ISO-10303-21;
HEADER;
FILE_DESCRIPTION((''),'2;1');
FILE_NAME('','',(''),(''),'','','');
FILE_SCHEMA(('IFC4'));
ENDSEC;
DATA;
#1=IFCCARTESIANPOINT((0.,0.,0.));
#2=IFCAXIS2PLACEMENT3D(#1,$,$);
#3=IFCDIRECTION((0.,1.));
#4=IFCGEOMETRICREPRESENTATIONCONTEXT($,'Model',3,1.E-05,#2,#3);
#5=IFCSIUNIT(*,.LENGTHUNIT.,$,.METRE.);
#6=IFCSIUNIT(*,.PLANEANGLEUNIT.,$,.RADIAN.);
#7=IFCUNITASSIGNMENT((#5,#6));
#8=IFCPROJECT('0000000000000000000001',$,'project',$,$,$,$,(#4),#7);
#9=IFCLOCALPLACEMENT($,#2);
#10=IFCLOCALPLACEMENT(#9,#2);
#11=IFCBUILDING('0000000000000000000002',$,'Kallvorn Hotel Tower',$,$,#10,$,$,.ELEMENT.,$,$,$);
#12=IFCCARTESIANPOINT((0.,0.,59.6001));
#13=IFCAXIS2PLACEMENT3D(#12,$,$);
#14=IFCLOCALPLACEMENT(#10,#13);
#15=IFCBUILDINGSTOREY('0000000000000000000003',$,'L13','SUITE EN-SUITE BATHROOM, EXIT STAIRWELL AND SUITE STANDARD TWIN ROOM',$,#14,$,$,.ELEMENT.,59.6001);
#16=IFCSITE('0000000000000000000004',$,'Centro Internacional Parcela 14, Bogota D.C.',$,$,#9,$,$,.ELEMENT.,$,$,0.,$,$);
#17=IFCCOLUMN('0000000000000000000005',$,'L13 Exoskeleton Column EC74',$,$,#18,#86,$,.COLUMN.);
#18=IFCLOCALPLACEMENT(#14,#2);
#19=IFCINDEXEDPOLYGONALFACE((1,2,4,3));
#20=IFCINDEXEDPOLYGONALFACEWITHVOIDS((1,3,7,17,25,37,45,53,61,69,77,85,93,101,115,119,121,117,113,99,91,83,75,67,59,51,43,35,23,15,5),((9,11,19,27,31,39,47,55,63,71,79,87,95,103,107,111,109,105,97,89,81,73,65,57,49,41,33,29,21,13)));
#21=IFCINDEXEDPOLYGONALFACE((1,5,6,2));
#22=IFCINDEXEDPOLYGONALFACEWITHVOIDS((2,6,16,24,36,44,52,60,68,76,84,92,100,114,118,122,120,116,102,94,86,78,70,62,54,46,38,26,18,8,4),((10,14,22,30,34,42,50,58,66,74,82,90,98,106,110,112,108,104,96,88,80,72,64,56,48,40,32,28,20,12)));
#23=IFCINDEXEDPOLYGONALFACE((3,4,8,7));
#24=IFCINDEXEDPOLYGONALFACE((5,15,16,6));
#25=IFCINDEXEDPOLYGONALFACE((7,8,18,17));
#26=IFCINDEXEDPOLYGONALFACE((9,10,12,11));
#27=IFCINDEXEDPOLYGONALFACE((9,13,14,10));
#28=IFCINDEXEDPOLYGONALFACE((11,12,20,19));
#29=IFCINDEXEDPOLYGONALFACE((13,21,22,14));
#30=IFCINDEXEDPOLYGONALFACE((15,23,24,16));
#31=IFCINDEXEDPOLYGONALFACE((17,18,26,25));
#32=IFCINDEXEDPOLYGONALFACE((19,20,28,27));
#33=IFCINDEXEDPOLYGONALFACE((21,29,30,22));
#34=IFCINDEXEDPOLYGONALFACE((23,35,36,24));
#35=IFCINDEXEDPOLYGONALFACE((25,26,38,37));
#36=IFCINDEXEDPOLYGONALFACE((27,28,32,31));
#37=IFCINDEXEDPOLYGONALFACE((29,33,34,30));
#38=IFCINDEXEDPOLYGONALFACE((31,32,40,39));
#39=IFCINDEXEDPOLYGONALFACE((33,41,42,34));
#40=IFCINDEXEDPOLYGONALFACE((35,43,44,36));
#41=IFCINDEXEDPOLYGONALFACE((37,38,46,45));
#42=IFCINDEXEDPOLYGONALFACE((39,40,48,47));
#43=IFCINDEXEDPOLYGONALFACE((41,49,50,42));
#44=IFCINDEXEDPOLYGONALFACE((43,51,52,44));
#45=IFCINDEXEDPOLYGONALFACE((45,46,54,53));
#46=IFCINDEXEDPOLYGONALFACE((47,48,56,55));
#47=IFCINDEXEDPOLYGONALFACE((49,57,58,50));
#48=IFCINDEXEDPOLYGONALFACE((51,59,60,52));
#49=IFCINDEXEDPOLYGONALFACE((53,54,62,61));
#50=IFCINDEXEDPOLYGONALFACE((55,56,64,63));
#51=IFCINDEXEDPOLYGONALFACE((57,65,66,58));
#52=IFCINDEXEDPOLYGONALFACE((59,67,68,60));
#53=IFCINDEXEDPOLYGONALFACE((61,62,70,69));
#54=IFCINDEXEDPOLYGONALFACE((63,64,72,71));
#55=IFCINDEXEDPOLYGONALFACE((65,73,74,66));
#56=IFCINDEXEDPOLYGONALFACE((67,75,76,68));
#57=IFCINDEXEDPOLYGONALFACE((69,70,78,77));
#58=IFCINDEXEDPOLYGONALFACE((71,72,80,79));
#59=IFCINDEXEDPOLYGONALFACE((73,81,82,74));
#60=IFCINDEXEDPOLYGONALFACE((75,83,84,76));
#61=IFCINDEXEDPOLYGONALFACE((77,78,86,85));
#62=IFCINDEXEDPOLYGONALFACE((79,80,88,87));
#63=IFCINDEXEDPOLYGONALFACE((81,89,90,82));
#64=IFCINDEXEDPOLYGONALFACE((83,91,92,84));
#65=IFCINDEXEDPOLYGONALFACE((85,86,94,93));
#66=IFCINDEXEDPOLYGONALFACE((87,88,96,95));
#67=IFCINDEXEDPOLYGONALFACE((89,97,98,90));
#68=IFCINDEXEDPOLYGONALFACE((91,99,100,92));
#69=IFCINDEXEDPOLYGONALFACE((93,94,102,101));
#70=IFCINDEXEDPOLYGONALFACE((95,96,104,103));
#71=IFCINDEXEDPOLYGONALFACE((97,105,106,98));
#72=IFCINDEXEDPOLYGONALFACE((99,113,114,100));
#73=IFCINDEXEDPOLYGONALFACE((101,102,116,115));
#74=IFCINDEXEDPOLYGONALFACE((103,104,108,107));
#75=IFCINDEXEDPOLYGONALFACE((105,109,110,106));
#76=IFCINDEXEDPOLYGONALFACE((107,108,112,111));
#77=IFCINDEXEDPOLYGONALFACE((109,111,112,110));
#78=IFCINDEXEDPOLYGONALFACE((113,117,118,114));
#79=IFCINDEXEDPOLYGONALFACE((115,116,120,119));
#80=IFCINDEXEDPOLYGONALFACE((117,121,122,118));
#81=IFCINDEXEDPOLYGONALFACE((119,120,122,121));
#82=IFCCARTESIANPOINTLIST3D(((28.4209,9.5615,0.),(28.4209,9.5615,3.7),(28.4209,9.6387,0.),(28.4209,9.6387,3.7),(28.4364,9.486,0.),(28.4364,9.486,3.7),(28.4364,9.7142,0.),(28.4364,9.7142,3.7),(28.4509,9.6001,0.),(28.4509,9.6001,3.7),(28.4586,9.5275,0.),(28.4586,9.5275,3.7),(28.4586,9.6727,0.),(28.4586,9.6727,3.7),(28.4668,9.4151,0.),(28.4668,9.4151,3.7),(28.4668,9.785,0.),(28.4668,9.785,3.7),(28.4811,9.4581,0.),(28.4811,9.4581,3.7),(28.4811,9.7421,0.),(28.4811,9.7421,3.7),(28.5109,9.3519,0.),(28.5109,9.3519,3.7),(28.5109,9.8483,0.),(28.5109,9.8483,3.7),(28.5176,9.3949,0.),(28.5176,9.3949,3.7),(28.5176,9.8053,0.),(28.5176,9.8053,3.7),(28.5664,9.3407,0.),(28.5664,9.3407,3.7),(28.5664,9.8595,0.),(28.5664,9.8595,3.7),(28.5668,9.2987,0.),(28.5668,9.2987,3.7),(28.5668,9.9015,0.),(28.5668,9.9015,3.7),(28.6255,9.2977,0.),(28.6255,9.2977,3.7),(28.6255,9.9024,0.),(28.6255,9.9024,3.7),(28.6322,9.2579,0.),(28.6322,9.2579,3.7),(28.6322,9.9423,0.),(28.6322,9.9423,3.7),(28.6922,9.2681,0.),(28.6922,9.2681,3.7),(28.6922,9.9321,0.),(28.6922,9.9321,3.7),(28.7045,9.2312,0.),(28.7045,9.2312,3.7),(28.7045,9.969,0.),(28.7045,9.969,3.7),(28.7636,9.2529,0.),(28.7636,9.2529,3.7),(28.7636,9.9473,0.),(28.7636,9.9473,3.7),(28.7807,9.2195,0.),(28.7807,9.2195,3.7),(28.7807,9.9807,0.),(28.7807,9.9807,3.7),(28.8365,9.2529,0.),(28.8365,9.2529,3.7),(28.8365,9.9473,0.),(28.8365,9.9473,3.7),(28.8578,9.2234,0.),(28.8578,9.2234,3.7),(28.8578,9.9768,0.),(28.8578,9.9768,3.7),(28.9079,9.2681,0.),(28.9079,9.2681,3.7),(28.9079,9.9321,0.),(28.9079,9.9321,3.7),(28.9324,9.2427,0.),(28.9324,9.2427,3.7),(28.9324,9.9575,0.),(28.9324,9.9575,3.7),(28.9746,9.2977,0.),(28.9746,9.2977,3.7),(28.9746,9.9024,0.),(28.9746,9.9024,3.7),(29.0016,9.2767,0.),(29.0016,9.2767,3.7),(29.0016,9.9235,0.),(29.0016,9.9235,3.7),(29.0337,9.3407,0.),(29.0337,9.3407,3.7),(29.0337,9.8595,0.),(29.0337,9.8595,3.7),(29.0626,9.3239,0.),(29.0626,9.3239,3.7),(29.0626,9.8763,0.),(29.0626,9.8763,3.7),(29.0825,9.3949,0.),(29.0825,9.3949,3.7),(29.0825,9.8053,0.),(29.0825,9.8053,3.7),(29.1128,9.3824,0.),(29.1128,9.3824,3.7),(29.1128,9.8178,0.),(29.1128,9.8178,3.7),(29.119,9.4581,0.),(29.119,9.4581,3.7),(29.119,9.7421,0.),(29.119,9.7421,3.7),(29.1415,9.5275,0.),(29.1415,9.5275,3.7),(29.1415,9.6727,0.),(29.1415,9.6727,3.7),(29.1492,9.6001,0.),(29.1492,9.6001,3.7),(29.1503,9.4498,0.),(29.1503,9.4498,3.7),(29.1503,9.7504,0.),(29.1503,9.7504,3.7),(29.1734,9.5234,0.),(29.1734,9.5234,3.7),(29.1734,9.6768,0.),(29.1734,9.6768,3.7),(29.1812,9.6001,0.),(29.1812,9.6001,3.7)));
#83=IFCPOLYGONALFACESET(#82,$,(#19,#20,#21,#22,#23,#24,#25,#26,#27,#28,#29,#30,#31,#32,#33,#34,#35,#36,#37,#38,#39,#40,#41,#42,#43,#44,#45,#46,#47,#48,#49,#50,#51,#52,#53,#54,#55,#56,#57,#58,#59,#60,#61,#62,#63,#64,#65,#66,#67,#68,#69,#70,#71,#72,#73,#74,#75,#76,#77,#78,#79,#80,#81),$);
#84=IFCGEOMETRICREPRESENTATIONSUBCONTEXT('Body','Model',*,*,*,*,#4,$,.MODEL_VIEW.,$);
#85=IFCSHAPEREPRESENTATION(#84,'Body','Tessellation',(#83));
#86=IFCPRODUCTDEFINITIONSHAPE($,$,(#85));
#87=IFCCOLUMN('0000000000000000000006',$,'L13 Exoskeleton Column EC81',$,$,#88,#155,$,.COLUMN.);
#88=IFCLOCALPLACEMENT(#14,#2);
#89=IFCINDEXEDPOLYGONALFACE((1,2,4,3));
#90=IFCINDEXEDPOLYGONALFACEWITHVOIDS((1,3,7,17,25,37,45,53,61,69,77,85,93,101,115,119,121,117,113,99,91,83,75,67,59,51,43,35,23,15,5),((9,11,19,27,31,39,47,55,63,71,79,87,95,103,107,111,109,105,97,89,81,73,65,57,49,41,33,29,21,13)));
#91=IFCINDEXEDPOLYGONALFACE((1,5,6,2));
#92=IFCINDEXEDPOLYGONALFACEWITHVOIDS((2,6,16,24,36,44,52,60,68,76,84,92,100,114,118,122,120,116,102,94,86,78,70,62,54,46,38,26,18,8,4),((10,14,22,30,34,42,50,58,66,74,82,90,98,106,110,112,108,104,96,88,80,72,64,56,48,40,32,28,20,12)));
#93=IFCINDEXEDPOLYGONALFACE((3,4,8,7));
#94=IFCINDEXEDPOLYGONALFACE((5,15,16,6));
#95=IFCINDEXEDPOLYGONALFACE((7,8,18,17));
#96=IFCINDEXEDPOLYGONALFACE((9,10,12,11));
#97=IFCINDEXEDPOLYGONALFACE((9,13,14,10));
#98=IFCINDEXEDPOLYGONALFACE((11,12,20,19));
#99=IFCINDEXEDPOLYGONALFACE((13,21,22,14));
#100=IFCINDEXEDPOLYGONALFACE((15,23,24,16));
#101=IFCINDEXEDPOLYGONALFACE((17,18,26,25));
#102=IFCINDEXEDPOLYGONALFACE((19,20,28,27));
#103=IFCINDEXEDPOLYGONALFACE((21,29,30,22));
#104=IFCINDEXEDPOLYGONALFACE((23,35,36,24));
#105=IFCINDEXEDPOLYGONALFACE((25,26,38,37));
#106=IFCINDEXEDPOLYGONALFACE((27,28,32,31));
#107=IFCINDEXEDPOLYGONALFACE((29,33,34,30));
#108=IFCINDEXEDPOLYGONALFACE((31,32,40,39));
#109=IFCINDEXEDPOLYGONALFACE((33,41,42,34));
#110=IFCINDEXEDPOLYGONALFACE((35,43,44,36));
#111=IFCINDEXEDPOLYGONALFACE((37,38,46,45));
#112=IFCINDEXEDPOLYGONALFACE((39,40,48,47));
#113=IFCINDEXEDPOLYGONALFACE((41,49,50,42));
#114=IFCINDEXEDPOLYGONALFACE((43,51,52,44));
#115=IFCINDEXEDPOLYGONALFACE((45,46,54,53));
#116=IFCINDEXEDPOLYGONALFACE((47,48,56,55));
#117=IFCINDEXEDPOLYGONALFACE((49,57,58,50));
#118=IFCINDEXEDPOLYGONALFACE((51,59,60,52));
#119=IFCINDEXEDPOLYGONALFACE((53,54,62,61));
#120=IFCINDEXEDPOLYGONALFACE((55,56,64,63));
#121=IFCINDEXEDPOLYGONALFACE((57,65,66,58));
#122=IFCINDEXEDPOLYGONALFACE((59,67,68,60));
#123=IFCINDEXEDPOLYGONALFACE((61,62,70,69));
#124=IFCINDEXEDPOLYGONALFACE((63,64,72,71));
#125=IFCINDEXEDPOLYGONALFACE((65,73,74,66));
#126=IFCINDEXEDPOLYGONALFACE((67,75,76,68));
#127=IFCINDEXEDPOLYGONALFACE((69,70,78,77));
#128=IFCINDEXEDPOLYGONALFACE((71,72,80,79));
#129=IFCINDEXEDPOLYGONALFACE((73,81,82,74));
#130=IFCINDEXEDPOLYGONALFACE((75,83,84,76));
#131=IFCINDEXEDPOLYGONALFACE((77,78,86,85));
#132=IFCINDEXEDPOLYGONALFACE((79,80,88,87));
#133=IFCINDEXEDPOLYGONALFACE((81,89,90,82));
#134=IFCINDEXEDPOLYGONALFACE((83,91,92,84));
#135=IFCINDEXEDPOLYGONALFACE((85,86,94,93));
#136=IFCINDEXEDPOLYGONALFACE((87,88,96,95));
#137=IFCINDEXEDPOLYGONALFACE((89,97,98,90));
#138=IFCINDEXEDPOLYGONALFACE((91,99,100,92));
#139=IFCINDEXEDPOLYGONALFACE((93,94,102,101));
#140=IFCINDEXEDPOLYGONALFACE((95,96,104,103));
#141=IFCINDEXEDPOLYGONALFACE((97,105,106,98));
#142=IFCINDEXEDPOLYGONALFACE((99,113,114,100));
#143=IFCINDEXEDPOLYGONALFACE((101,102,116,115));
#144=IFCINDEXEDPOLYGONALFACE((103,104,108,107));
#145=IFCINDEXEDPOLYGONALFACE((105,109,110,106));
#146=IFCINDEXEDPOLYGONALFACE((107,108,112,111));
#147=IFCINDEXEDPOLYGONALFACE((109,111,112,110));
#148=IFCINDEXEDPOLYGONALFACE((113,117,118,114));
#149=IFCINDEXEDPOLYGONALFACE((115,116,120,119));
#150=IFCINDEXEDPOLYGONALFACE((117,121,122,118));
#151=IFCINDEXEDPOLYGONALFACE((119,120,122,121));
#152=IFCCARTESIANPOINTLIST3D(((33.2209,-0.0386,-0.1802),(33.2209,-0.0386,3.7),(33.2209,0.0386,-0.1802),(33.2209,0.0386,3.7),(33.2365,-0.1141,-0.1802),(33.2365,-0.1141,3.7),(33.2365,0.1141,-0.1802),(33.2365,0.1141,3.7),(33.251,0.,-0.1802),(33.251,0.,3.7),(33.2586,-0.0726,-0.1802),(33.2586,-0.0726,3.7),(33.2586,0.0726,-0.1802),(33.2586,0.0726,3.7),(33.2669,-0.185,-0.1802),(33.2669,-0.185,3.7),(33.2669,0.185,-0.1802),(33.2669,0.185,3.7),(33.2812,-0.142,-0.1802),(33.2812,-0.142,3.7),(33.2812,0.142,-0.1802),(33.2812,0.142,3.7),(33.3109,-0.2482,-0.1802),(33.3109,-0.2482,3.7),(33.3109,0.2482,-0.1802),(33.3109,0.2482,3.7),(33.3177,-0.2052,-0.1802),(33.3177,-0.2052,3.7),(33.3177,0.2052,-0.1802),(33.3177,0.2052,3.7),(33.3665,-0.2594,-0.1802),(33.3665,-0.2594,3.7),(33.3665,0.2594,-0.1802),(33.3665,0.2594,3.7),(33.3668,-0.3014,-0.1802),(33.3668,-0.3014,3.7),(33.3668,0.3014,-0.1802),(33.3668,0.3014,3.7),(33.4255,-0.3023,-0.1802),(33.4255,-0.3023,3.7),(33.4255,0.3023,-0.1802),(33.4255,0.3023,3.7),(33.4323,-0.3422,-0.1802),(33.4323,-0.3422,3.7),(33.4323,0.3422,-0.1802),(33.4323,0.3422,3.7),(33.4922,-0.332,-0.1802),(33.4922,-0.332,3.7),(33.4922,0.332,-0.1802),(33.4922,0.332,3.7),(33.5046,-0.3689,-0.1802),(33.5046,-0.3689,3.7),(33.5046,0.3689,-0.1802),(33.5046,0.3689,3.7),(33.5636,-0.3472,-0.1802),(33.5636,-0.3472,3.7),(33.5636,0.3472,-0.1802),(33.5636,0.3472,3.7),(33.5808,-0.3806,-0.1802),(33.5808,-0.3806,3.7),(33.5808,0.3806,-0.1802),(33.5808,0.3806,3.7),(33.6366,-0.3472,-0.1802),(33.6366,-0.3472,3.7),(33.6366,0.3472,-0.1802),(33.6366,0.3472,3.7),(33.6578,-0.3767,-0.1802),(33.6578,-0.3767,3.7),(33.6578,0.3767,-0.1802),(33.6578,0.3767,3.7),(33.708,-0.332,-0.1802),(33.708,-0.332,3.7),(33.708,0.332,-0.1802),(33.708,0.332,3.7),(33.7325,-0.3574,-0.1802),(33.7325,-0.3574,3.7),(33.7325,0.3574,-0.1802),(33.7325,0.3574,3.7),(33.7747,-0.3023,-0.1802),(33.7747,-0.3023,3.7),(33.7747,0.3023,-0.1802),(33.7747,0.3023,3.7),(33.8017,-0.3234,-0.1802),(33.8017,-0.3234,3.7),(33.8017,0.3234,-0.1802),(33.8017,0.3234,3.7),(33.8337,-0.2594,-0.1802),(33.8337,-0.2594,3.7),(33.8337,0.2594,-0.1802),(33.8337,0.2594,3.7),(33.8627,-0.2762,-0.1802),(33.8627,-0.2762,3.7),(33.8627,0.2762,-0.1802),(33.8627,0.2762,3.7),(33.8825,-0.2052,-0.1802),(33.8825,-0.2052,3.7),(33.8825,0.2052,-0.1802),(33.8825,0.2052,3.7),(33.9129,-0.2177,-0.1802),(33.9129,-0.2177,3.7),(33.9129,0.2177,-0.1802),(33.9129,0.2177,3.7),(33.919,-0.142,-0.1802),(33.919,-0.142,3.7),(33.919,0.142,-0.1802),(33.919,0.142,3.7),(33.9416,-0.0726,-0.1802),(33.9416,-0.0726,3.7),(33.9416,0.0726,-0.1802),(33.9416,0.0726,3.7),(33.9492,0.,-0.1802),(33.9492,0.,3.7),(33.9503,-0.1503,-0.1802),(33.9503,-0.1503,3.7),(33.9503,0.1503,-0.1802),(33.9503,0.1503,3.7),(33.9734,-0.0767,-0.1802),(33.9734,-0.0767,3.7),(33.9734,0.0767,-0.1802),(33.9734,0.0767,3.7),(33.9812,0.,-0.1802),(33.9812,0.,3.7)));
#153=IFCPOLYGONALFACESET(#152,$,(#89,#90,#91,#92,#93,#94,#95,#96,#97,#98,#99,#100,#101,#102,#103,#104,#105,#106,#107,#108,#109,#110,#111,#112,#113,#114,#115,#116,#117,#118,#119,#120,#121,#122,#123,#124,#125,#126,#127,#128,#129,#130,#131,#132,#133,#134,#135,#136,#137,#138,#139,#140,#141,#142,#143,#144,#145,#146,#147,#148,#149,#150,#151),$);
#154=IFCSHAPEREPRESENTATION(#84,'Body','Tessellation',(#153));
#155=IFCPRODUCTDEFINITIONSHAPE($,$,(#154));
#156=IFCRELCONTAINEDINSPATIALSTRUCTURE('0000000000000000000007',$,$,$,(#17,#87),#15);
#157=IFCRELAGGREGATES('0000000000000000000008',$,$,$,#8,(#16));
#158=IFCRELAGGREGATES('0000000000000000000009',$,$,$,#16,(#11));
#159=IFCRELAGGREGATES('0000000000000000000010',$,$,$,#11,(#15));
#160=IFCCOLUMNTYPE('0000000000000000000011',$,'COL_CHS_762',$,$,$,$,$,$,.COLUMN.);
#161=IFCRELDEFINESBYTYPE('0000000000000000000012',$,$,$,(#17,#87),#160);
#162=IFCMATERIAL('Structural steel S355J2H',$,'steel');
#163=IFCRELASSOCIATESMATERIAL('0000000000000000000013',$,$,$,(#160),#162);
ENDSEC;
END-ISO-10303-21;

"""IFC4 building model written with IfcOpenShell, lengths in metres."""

from ifc_helpers import new_model, si_unit, direction, frame, origin, origin_2d, place, context, subcontext, project, spatial, hollow_circle, extrude, material, material_profile, profile_set, type_object, element, save


model = new_model("IFC4")

# Units and contexts
model_context = context("Model", 3, precision=1e-05, world=origin(), true_north=direction((0.0, 1.0)))
body_context = subcontext(model_context, "Body", "Model", "MODEL_VIEW")
ifc_project = project(units=[si_unit("LENGTHUNIT", "METRE"), si_unit("PLANEANGLEUNIT", "RADIAN")], contexts=[model_context])

# Site, building, storey
site_placement = place(None, origin())
site = spatial("IfcSite", under=ifc_project, at=site_placement, Name="Centro Internacional Parcela 14, Bogota D.C.", CompositionType="ELEMENT", RefElevation=0.0)
building_placement = place(site_placement, origin())
building = spatial("IfcBuilding", under=site, at=building_placement, Name="Kallvorn Hotel Tower", CompositionType="ELEMENT")
storey_placement = place(building_placement, frame((0.0, 0.0, 59.6001)))
storey = spatial("IfcBuildingStorey", under=building, at=storey_placement, Name="L13", Description="SUITE EN-SUITE BATHROOM, EXIT STAIRWELL AND SUITE STANDARD TWIN ROOM", CompositionType="ELEMENT", Elevation=59.6001)

# Columns
ifc_material_1 = material(Name="Structural steel S355J2H", Category="steel")
ifc_material_profile_1 = material_profile(ifc_material_1, hollow_circle(Radius=0.3811, WallThickness=0.032, at=origin_2d()), Name="CHS 762x32")
ifc_profile_set_1 = profile_set([ifc_material_profile_1], Name="Structural steel S355J2H")
column_type_1 = type_object("IfcColumnType", Name="COL_CHS_762", PredefinedType="COLUMN", material=ifc_profile_set_1)
for number, where, z_axis, x_axis, name in (
    (1, (28.8, 9.6001, 0.0), (0.0, 0.0, 1.0), (1.0, 0.0, 0.0), "L13 Exoskeleton Column EC74"),
):
    element("IfcColumn", number, at=place(storey_placement, frame(where, z_axis=z_axis, x_axis=x_axis)), inside=storey, type_object=column_type_1, Name=name, PredefinedType="COLUMN", context=body_context, shape_type="SweptSolid", body=[
        extrude(hollow_circle(Radius=0.3811, WallThickness=0.032, at=origin_2d()), origin(), (0.0, 0.0, 1.0), 3.7),
    ])
for number, where, z_axis, x_axis, name in (
    (2, (33.6001, 0.0, -0.1802), (0.0, 0.0, 1.0), (1.0, 0.0, 0.0), "L13 Exoskeleton Column EC81"),
):
    element("IfcColumn", number, at=place(storey_placement, frame(where, z_axis=z_axis, x_axis=x_axis)), inside=storey, type_object=column_type_1, Name=name, PredefinedType="COLUMN", context=body_context, shape_type="SweptSolid", body=[
        extrude(hollow_circle(Radius=0.3811, WallThickness=0.032, at=origin_2d()), origin(), (0.0, 0.0, 1.0), 3.8801),
    ])

save(model, "model.ifc")
